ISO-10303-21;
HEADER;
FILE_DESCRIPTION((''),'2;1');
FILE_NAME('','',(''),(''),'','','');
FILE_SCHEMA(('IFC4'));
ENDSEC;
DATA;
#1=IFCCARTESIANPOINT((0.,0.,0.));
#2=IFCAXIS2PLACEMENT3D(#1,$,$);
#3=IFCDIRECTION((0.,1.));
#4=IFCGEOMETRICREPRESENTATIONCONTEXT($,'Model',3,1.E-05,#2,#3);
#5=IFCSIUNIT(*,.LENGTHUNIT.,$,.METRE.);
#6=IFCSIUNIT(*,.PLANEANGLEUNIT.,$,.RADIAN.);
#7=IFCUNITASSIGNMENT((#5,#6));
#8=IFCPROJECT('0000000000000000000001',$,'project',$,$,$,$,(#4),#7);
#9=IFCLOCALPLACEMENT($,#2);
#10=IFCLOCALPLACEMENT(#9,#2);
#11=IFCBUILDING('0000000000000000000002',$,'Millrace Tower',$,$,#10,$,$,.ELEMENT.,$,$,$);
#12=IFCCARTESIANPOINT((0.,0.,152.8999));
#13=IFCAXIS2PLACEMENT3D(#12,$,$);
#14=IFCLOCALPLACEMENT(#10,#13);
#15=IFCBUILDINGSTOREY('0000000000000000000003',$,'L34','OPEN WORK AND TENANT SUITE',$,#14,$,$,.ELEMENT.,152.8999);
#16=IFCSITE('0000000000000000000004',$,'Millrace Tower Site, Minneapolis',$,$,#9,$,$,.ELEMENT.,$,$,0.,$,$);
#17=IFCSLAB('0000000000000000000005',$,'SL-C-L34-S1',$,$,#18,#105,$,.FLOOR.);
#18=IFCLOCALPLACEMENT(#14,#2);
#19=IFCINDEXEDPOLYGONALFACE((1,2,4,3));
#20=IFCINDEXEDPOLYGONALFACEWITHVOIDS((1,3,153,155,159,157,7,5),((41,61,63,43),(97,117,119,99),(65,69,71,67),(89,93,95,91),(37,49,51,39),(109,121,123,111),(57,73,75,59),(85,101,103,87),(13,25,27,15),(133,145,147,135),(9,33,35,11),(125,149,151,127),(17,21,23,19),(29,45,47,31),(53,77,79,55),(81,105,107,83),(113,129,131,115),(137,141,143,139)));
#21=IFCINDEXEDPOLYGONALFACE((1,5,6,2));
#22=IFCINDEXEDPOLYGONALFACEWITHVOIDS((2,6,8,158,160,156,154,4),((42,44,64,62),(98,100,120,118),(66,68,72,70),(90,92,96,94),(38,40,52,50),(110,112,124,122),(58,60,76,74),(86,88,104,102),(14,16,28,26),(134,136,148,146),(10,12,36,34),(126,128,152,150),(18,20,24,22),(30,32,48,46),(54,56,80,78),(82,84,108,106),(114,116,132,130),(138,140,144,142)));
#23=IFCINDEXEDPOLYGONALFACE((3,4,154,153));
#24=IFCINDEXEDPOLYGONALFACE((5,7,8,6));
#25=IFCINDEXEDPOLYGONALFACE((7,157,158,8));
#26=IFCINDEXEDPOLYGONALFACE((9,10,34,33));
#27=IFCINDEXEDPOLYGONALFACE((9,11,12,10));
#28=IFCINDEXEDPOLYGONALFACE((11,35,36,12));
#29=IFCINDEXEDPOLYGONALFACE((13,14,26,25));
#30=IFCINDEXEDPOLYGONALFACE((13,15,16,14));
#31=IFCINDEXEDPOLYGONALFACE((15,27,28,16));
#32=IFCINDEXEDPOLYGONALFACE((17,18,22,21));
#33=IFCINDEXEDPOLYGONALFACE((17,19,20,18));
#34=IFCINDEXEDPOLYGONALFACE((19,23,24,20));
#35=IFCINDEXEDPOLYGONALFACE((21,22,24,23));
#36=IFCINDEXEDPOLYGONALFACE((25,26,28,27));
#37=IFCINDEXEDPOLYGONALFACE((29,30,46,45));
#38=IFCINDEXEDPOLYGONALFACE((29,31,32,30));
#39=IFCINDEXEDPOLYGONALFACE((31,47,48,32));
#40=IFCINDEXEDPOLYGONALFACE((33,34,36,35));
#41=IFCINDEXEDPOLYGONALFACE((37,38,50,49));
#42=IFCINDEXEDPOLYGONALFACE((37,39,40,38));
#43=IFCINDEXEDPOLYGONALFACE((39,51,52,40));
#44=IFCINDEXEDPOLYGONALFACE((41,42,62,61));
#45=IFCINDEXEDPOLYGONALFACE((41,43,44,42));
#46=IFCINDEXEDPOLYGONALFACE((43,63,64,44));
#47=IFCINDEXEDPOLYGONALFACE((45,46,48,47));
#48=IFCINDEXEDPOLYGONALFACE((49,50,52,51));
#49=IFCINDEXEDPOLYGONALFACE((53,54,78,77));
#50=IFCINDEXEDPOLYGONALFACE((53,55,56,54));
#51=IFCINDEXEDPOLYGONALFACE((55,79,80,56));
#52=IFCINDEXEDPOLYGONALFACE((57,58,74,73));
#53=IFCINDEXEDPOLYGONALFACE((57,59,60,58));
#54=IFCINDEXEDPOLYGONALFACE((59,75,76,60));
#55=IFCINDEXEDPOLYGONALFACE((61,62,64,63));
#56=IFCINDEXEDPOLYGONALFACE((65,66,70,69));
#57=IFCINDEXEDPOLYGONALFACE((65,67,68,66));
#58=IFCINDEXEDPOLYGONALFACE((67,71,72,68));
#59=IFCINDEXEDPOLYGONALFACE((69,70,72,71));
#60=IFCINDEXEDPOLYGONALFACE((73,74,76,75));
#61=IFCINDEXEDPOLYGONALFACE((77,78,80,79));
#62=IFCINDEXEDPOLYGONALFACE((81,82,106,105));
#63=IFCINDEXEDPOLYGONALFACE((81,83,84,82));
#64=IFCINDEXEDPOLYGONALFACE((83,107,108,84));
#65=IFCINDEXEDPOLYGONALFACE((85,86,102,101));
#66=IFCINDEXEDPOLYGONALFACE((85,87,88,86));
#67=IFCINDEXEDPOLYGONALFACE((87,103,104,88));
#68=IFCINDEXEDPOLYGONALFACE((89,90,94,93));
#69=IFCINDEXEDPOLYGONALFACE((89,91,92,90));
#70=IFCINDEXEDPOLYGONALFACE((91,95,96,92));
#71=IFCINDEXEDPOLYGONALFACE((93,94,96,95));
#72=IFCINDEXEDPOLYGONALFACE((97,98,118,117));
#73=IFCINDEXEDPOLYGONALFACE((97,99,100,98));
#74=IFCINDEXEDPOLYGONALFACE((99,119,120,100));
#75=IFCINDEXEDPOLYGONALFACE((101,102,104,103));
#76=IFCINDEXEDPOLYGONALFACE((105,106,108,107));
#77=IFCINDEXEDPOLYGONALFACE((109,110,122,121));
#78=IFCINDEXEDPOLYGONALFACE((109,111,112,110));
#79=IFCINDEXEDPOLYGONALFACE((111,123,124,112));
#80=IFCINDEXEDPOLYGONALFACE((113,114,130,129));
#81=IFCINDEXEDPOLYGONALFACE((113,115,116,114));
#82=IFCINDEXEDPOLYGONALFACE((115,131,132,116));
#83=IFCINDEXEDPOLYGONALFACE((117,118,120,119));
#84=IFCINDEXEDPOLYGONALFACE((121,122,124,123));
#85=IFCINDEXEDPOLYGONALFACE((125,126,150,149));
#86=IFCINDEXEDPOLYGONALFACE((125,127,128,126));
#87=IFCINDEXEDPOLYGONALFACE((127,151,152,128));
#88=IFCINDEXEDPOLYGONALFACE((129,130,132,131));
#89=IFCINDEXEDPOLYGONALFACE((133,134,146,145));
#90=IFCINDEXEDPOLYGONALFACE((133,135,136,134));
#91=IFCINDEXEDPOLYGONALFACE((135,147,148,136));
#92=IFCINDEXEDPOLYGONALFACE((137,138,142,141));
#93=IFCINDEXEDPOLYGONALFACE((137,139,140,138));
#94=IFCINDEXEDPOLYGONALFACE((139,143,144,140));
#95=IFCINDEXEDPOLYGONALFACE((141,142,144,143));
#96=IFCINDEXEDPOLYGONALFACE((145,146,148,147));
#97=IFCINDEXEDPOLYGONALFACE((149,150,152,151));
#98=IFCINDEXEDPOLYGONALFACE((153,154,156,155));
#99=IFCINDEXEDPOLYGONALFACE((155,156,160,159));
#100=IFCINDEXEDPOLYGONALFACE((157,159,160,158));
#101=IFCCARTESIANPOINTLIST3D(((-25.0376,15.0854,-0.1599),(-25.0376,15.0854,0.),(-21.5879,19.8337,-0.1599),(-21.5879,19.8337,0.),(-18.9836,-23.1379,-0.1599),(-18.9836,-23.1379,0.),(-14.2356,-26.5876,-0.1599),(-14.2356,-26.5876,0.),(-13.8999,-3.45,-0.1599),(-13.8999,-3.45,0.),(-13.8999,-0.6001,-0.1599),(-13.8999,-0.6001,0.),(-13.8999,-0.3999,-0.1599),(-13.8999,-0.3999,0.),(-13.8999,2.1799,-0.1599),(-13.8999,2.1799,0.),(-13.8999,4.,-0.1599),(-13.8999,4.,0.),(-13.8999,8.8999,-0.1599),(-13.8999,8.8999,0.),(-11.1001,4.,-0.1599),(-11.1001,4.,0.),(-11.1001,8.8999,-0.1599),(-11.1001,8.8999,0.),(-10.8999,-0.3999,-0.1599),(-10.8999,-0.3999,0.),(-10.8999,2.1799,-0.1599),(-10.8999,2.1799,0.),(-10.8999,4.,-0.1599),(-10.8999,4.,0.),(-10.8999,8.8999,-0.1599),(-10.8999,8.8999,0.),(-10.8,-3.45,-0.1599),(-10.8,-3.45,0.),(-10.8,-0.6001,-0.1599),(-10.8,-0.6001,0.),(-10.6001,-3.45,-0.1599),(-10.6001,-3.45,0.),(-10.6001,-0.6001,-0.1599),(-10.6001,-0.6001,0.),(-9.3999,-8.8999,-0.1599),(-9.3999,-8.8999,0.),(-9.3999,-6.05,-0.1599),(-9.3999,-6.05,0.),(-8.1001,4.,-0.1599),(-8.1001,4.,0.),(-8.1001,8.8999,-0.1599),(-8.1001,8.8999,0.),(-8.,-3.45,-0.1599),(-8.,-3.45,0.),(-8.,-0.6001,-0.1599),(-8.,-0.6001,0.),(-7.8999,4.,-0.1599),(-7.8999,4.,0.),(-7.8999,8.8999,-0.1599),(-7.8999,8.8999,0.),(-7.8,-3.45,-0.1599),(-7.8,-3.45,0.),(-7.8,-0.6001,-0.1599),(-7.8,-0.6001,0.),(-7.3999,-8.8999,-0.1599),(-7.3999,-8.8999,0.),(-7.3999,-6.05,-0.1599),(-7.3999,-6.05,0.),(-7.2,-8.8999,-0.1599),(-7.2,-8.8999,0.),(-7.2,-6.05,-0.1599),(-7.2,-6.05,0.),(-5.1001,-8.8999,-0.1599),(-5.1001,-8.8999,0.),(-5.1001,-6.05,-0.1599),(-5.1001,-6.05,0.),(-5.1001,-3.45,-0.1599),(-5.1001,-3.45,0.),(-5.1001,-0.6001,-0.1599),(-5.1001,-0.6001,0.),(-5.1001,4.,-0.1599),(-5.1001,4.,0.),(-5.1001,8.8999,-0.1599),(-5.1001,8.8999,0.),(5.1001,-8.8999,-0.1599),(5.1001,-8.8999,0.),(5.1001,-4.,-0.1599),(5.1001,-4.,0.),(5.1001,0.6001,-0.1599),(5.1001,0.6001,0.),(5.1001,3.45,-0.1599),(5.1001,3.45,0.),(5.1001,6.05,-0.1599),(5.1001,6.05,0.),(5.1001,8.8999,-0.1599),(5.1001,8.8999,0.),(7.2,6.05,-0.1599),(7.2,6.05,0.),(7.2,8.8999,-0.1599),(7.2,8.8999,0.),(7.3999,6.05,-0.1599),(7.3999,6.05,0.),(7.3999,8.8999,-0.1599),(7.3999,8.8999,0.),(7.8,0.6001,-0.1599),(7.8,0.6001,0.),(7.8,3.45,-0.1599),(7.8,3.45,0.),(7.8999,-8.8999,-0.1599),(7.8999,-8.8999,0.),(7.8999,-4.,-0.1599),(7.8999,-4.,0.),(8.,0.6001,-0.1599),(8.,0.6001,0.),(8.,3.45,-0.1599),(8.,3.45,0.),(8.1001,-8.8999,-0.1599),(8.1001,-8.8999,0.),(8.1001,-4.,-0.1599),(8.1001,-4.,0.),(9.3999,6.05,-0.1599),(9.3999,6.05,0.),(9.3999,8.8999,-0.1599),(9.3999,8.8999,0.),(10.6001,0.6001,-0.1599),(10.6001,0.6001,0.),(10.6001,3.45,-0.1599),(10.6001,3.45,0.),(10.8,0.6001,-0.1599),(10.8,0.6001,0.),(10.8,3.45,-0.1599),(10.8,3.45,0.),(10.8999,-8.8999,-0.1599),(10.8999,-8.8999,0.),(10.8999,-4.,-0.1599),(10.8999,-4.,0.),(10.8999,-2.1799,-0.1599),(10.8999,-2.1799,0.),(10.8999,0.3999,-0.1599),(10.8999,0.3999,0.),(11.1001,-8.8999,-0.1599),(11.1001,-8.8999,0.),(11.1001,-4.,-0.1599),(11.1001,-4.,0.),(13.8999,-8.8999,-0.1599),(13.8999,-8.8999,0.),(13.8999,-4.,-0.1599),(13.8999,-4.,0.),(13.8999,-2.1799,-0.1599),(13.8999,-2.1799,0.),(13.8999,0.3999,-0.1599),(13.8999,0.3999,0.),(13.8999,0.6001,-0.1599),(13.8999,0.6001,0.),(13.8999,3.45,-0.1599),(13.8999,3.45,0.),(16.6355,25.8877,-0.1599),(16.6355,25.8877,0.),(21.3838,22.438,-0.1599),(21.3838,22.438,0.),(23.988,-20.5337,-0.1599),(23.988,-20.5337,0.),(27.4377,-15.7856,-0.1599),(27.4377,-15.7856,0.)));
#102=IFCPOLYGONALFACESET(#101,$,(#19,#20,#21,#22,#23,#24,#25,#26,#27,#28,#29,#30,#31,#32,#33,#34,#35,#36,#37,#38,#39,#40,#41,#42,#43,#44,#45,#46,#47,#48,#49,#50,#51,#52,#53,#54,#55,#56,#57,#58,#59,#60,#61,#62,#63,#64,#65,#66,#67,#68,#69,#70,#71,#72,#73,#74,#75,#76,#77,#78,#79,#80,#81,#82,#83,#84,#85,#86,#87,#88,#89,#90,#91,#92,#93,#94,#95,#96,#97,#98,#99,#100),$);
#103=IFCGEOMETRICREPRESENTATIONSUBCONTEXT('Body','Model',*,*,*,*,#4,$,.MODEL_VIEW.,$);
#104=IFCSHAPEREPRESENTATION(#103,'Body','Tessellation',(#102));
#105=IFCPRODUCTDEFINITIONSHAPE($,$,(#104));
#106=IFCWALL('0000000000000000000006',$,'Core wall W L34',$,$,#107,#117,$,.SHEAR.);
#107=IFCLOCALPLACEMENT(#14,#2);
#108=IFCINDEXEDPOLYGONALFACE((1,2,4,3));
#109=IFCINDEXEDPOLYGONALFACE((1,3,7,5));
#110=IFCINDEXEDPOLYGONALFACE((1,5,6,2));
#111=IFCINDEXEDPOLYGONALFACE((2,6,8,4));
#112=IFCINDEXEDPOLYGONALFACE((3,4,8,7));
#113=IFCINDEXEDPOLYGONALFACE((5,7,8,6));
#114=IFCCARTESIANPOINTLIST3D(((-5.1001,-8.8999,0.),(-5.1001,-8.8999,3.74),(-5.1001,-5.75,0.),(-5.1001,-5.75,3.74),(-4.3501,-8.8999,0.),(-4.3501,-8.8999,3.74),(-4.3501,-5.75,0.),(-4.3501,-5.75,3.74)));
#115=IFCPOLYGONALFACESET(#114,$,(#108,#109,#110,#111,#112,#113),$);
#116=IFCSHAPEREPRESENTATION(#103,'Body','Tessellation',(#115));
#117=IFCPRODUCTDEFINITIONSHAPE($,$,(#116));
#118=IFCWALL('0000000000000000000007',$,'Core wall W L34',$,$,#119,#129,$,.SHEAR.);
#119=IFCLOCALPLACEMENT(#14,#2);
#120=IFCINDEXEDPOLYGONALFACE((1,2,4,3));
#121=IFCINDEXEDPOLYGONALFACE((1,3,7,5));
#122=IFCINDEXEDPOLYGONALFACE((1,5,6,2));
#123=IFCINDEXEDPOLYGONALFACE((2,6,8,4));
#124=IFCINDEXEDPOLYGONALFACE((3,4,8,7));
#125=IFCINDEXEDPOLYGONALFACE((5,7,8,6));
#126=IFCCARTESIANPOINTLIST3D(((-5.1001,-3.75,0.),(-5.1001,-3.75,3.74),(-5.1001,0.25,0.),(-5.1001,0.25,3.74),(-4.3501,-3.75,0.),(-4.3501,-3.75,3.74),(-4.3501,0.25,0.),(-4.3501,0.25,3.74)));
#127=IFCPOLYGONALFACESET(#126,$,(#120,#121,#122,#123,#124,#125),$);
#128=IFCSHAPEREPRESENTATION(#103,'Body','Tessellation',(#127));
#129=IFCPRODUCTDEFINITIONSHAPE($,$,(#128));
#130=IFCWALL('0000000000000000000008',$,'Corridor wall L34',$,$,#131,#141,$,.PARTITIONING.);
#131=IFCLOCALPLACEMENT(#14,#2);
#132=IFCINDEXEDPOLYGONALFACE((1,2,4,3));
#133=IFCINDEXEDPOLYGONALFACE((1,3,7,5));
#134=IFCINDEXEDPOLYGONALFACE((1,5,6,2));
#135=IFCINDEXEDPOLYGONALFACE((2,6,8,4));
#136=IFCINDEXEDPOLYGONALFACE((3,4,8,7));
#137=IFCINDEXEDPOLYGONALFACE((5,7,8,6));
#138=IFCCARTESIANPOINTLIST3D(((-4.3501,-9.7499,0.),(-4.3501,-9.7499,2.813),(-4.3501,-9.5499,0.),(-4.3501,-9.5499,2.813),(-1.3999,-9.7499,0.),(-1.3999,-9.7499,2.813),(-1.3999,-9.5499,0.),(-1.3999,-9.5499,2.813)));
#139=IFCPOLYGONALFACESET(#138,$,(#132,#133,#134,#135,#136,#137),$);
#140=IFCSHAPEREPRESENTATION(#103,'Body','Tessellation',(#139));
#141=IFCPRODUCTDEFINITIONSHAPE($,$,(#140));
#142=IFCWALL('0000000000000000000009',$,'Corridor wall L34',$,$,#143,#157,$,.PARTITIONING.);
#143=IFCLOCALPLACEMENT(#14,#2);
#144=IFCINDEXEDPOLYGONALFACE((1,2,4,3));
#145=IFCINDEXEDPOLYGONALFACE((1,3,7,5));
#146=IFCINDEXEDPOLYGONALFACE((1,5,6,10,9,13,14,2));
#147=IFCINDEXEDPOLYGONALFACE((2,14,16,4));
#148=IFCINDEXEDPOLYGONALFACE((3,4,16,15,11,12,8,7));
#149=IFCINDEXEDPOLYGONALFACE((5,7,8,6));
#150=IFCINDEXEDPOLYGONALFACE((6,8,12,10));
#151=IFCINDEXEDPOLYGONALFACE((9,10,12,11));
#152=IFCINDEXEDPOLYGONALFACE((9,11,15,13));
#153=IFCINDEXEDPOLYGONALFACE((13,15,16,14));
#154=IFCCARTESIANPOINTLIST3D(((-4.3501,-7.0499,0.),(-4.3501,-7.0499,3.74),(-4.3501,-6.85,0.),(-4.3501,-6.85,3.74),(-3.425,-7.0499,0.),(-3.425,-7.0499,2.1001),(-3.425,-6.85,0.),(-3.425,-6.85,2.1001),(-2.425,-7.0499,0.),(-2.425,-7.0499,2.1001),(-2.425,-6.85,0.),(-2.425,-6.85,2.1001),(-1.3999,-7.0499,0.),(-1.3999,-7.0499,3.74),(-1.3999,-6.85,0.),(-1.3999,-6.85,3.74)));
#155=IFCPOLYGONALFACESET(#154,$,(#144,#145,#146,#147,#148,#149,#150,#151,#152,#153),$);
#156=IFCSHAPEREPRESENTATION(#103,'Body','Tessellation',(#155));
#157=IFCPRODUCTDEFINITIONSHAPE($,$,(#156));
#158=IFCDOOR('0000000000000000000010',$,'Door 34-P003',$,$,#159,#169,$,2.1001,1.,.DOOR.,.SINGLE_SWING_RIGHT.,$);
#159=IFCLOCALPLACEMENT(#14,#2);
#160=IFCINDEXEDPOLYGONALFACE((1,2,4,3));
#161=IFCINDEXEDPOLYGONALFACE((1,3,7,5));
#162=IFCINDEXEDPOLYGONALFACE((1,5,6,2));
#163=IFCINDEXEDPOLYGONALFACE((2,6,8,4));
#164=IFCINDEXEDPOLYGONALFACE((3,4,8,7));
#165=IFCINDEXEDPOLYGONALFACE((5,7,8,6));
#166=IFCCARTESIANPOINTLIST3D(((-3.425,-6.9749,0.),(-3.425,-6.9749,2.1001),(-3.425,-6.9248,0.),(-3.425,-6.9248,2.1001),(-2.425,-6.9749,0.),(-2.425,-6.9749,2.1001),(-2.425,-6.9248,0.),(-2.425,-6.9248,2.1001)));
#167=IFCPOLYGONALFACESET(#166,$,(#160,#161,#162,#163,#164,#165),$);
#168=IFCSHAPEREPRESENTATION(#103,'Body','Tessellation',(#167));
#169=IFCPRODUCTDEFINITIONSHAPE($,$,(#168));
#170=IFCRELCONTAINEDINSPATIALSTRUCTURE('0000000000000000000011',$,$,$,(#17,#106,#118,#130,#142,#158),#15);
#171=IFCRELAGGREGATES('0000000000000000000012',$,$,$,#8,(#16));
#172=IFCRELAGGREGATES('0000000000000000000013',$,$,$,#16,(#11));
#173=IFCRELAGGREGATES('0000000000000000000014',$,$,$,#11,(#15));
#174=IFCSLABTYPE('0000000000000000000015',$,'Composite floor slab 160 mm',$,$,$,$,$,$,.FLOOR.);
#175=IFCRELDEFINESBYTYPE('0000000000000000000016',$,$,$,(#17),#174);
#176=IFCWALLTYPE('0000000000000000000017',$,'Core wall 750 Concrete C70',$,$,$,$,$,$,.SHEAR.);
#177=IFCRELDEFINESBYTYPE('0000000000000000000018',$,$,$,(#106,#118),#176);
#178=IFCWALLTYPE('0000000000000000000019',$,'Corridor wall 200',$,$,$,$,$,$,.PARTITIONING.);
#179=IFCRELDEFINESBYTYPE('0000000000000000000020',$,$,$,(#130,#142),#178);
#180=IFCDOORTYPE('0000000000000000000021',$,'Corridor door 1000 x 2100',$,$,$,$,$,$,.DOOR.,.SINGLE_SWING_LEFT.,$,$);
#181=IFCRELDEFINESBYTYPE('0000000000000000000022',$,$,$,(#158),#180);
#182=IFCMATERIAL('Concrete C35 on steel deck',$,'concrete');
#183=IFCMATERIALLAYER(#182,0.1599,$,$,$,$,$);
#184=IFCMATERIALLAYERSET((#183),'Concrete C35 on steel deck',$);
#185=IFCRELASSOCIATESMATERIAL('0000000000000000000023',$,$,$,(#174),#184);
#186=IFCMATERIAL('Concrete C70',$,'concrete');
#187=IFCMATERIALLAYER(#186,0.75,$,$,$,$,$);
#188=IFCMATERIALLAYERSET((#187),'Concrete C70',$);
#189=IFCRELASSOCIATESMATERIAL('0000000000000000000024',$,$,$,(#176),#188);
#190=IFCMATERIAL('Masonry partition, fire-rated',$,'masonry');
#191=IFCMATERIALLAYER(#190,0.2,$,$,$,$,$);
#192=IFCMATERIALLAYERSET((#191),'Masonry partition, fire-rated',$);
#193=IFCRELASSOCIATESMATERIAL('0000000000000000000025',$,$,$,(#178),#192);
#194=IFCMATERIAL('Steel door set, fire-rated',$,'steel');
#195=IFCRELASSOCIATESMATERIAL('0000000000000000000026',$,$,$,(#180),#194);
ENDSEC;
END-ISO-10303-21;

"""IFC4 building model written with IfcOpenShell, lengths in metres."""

from ifc_helpers import new_model, si_unit, direction, frame, frame_2d, origin, place, context, subcontext, project, spatial, polyline, rectangle, outline, extrude, material, layer, layer_set, type_object, element, fill, save


model = new_model("IFC4")

# Units and contexts
model_context = context("Model", 3, precision=1e-05, world=origin(), true_north=direction((0.0, 1.0)))
body_context = subcontext(model_context, "Body", "Model", "MODEL_VIEW")
ifc_project = project(units=[si_unit("LENGTHUNIT", "METRE"), si_unit("PLANEANGLEUNIT", "RADIAN")], contexts=[model_context])

# Site, building, storey
site_placement = place(None, origin())
site = spatial("IfcSite", under=ifc_project, at=site_placement, Name="Millrace Tower Site, Minneapolis", CompositionType="ELEMENT", RefElevation=0.0)
building_placement = place(site_placement, origin())
building = spatial("IfcBuilding", under=site, at=building_placement, Name="Millrace Tower", CompositionType="ELEMENT")
storey_placement = place(building_placement, frame((0.0, 0.0, 152.8999)))
storey = spatial("IfcBuildingStorey", under=building, at=storey_placement, Name="L34", Description="OPEN WORK AND TENANT SUITE", CompositionType="ELEMENT", Elevation=152.8999)

# Slab
ifc_material_1 = material(Name="Concrete C35 on steel deck", Category="concrete")
ifc_layer_1 = layer(ifc_material_1, 0.1599)
ifc_layer_set_1 = layer_set([ifc_layer_1], Name="Concrete C35 on steel deck")
slab_type = type_object("IfcSlabType", Name="Composite floor slab 160 mm", PredefinedType="FLOOR", material=ifc_layer_set_1)
slab_placement = place(storey_placement, frame((0.0, 0.0, -0.1599)))
element("IfcSlab", 1, at=slab_placement, inside=storey, type_object=slab_type, Name="SL-C-L34-S1", PredefinedType="FLOOR", context=body_context, shape_type="SweptSolid", body=[
    extrude(outline(polyline([(-18.9836, -23.1379), (-14.2356, -26.5876), (23.988, -20.5337), (27.4377, -15.7856), (21.3838, 22.438), (16.6355, 25.8877), (-21.5879, 19.8337), (-25.0376, 15.0854), (-18.9836, -23.1379)]), holes=[polyline([(-9.3999, -8.8999), (-7.3999, -8.8999), (-7.3999, -6.05), (-9.3999, -6.05), (-9.3999, -8.8999)]), polyline([(-7.2, -8.8999), (-5.1001, -8.8999), (-5.1001, -6.05), (-7.2, -6.05), (-7.2, -8.8999)]), polyline([(-13.8999, -3.45), (-10.8, -3.45), (-10.8, -0.6001), (-13.8999, -0.6001), (-13.8999, -3.45)]), polyline([(-10.6001, -3.45), (-8.0, -3.45), (-8.0, -0.6001), (-10.6001, -0.6001), (-10.6001, -3.45)]), polyline([(-7.8, -3.45), (-5.1001, -3.45), (-5.1001, -0.6001), (-7.8, -0.6001), (-7.8, -3.45)]), polyline([(-13.8999, -0.3999), (-10.8999, -0.3999), (-10.8999, 2.1799), (-13.8999, 2.1799), (-13.8999, -0.3999)]), polyline([(-13.8999, 4.0), (-11.1001, 4.0), (-11.1001, 8.8999), (-13.8999, 8.8999), (-13.8999, 4.0)]), polyline([(-10.8999, 4.0), (-8.1001, 4.0), (-8.1001, 8.8999), (-10.8999, 8.8999), (-10.8999, 4.0)]), polyline([(-7.8999, 4.0), (-5.1001, 4.0), (-5.1001, 8.8999), (-7.8999, 8.8999), (-7.8999, 4.0)]), polyline([(7.3999, 6.05), (9.3999, 6.05), (9.3999, 8.8999), (7.3999, 8.8999), (7.3999, 6.05)]), polyline([(5.1001, 6.05), (7.2, 6.05), (7.2, 8.8999), (5.1001, 8.8999), (5.1001, 6.05)]), polyline([(10.8, 0.6001), (13.8999, 0.6001), (13.8999, 3.45), (10.8, 3.45), (10.8, 0.6001)]), polyline([(8.0, 0.6001), (10.6001, 0.6001), (10.6001, 3.45), (8.0, 3.45), (8.0, 0.6001)]), polyline([(5.1001, 0.6001), (7.8, 0.6001), (7.8, 3.45), (5.1001, 3.45), (5.1001, 0.6001)]), polyline([(10.8999, -2.1799), (13.8999, -2.1799), (13.8999, 0.3999), (10.8999, 0.3999), (10.8999, -2.1799)]), polyline([(11.1001, -8.8999), (13.8999, -8.8999), (13.8999, -4.0), (11.1001, -4.0), (11.1001, -8.8999)]), polyline([(8.1001, -8.8999), (10.8999, -8.8999), (10.8999, -4.0), (8.1001, -4.0), (8.1001, -8.8999)]), polyline([(5.1001, -8.8999), (7.8999, -8.8999), (7.8999, -4.0), (5.1001, -4.0), (5.1001, -8.8999)])]), origin(), (0.0, 0.0, 1.0), 0.1599),
])

# Walls
ifc_material_2 = material(Name="Concrete C70", Category="concrete")
ifc_layer_2 = layer(ifc_material_2, 0.75)
ifc_layer_set_2 = layer_set([ifc_layer_2], Name="Concrete C70")
wall_type_1 = type_object("IfcWallType", Name="Core wall 750 Concrete C70", PredefinedType="SHEAR", material=ifc_layer_set_2)
wall_1_placement = place(storey_placement, frame((-4.7251, -8.8999, 0.0), z_axis=(0.0, 0.0, 1.0), x_axis=(0.0, 1.0, 0.0)))
element("IfcWall", 2, at=wall_1_placement, inside=storey, type_object=wall_type_1, Name="Core wall W L34", PredefinedType="SHEAR", context=body_context, shape_type="SweptSolid", body=[
    extrude(rectangle(XDim=3.1499, YDim=0.75, at=frame_2d((1.575, 0.0))), origin(), (0.0, 0.0, 1.0), 3.74),
])
wall_2_placement = place(storey_placement, frame((-4.7251, -3.75, 0.0), z_axis=(0.0, 0.0, 1.0), x_axis=(0.0, 1.0, 0.0)))
element("IfcWall", 3, at=wall_2_placement, inside=storey, type_object=wall_type_1, Name="Core wall W L34", PredefinedType="SHEAR", context=body_context, shape_type="SweptSolid", body=[
    extrude(rectangle(XDim=4.0, YDim=0.75, at=frame_2d((2.0, 0.0))), origin(), (0.0, 0.0, 1.0), 3.74),
])
ifc_material_3 = material(Name="Masonry partition, fire-rated", Category="masonry")
ifc_layer_3 = layer(ifc_material_3, 0.2)
ifc_layer_set_3 = layer_set([ifc_layer_3], Name="Masonry partition, fire-rated")
wall_type_2 = type_object("IfcWallType", Name="Corridor wall 200", PredefinedType="PARTITIONING", material=ifc_layer_set_3)
wall_3_placement = place(storey_placement, frame((-4.3501, -9.6499, 0.0), z_axis=(0.0, 0.0, 1.0), x_axis=(1.0, 0.0, 0.0)))
element("IfcWall", 4, at=wall_3_placement, inside=storey, type_object=wall_type_2, Name="Corridor wall L34", PredefinedType="PARTITIONING", context=body_context, shape_type="SweptSolid", body=[
    extrude(rectangle(XDim=2.9502, YDim=0.2, at=frame_2d((1.4751, 0.0))), origin(), (0.0, 0.0, 1.0), 2.813),
])

# Wall, opening, door
wall_4_placement = place(storey_placement, frame((-4.3501, -6.95, 0.0), z_axis=(0.0, 0.0, 1.0), x_axis=(1.0, 0.0, 0.0)))
wall_4 = element("IfcWall", 5, at=wall_4_placement, inside=storey, type_object=wall_type_2, Name="Corridor wall L34", PredefinedType="PARTITIONING", context=body_context, shape_type="SweptSolid", body=[
    extrude(rectangle(XDim=2.9502, YDim=0.2, at=frame_2d((1.4751, 0.0))), origin(), (0.0, 0.0, 1.0), 3.74),
])
opening_1_placement = place(wall_4_placement, frame((0.925, 0.0, 0.0)))
opening_1 = element("IfcOpeningElement", 6, at=opening_1_placement, cuts=wall_4, PredefinedType="OPENING", context=body_context, shape_type="SweptSolid", body=[
    extrude(rectangle(XDim=1.0, YDim=2.1001, at=frame_2d((0.5, 1.05))), frame((0.0, 0.1099, 0.0), z_axis=(0.0, -1.0, 0.0), x_axis=(1.0, 0.0, 0.0)), (0.0, 0.0, 1.0), 0.22),
])
ifc_material_4 = material(Name="Steel door set, fire-rated", Category="steel")
door_type_1 = type_object("IfcDoorType", Name="Corridor door 1000 x 2100", OperationType="SINGLE_SWING_LEFT", PredefinedType="DOOR", material=ifc_material_4)
door_1_placement = place(opening_1_placement, frame((1.0, 0.0, 0.0), z_axis=(0.0, 0.0, 1.0), x_axis=(-1.0, 0.0, 0.0)))
door_1 = element("IfcDoor", 7, at=door_1_placement, inside=storey, type_object=door_type_1, Name="Door 34-P003", OperationType="SINGLE_SWING_RIGHT", OverallHeight=2.1001, OverallWidth=1.0, PredefinedType="DOOR", context=body_context, shape_type="SweptSolid", body=[
    extrude(rectangle(XDim=1.0, YDim=2.1001, at=frame_2d((0.5, 1.05))), frame((0.0, 0.0249, 0.0), z_axis=(0.0, -1.0, 0.0), x_axis=(1.0, 0.0, 0.0)), (0.0, 0.0, 1.0), 0.05),
])
fill(opening_1, door_1)

save(model, "model.ifc")
